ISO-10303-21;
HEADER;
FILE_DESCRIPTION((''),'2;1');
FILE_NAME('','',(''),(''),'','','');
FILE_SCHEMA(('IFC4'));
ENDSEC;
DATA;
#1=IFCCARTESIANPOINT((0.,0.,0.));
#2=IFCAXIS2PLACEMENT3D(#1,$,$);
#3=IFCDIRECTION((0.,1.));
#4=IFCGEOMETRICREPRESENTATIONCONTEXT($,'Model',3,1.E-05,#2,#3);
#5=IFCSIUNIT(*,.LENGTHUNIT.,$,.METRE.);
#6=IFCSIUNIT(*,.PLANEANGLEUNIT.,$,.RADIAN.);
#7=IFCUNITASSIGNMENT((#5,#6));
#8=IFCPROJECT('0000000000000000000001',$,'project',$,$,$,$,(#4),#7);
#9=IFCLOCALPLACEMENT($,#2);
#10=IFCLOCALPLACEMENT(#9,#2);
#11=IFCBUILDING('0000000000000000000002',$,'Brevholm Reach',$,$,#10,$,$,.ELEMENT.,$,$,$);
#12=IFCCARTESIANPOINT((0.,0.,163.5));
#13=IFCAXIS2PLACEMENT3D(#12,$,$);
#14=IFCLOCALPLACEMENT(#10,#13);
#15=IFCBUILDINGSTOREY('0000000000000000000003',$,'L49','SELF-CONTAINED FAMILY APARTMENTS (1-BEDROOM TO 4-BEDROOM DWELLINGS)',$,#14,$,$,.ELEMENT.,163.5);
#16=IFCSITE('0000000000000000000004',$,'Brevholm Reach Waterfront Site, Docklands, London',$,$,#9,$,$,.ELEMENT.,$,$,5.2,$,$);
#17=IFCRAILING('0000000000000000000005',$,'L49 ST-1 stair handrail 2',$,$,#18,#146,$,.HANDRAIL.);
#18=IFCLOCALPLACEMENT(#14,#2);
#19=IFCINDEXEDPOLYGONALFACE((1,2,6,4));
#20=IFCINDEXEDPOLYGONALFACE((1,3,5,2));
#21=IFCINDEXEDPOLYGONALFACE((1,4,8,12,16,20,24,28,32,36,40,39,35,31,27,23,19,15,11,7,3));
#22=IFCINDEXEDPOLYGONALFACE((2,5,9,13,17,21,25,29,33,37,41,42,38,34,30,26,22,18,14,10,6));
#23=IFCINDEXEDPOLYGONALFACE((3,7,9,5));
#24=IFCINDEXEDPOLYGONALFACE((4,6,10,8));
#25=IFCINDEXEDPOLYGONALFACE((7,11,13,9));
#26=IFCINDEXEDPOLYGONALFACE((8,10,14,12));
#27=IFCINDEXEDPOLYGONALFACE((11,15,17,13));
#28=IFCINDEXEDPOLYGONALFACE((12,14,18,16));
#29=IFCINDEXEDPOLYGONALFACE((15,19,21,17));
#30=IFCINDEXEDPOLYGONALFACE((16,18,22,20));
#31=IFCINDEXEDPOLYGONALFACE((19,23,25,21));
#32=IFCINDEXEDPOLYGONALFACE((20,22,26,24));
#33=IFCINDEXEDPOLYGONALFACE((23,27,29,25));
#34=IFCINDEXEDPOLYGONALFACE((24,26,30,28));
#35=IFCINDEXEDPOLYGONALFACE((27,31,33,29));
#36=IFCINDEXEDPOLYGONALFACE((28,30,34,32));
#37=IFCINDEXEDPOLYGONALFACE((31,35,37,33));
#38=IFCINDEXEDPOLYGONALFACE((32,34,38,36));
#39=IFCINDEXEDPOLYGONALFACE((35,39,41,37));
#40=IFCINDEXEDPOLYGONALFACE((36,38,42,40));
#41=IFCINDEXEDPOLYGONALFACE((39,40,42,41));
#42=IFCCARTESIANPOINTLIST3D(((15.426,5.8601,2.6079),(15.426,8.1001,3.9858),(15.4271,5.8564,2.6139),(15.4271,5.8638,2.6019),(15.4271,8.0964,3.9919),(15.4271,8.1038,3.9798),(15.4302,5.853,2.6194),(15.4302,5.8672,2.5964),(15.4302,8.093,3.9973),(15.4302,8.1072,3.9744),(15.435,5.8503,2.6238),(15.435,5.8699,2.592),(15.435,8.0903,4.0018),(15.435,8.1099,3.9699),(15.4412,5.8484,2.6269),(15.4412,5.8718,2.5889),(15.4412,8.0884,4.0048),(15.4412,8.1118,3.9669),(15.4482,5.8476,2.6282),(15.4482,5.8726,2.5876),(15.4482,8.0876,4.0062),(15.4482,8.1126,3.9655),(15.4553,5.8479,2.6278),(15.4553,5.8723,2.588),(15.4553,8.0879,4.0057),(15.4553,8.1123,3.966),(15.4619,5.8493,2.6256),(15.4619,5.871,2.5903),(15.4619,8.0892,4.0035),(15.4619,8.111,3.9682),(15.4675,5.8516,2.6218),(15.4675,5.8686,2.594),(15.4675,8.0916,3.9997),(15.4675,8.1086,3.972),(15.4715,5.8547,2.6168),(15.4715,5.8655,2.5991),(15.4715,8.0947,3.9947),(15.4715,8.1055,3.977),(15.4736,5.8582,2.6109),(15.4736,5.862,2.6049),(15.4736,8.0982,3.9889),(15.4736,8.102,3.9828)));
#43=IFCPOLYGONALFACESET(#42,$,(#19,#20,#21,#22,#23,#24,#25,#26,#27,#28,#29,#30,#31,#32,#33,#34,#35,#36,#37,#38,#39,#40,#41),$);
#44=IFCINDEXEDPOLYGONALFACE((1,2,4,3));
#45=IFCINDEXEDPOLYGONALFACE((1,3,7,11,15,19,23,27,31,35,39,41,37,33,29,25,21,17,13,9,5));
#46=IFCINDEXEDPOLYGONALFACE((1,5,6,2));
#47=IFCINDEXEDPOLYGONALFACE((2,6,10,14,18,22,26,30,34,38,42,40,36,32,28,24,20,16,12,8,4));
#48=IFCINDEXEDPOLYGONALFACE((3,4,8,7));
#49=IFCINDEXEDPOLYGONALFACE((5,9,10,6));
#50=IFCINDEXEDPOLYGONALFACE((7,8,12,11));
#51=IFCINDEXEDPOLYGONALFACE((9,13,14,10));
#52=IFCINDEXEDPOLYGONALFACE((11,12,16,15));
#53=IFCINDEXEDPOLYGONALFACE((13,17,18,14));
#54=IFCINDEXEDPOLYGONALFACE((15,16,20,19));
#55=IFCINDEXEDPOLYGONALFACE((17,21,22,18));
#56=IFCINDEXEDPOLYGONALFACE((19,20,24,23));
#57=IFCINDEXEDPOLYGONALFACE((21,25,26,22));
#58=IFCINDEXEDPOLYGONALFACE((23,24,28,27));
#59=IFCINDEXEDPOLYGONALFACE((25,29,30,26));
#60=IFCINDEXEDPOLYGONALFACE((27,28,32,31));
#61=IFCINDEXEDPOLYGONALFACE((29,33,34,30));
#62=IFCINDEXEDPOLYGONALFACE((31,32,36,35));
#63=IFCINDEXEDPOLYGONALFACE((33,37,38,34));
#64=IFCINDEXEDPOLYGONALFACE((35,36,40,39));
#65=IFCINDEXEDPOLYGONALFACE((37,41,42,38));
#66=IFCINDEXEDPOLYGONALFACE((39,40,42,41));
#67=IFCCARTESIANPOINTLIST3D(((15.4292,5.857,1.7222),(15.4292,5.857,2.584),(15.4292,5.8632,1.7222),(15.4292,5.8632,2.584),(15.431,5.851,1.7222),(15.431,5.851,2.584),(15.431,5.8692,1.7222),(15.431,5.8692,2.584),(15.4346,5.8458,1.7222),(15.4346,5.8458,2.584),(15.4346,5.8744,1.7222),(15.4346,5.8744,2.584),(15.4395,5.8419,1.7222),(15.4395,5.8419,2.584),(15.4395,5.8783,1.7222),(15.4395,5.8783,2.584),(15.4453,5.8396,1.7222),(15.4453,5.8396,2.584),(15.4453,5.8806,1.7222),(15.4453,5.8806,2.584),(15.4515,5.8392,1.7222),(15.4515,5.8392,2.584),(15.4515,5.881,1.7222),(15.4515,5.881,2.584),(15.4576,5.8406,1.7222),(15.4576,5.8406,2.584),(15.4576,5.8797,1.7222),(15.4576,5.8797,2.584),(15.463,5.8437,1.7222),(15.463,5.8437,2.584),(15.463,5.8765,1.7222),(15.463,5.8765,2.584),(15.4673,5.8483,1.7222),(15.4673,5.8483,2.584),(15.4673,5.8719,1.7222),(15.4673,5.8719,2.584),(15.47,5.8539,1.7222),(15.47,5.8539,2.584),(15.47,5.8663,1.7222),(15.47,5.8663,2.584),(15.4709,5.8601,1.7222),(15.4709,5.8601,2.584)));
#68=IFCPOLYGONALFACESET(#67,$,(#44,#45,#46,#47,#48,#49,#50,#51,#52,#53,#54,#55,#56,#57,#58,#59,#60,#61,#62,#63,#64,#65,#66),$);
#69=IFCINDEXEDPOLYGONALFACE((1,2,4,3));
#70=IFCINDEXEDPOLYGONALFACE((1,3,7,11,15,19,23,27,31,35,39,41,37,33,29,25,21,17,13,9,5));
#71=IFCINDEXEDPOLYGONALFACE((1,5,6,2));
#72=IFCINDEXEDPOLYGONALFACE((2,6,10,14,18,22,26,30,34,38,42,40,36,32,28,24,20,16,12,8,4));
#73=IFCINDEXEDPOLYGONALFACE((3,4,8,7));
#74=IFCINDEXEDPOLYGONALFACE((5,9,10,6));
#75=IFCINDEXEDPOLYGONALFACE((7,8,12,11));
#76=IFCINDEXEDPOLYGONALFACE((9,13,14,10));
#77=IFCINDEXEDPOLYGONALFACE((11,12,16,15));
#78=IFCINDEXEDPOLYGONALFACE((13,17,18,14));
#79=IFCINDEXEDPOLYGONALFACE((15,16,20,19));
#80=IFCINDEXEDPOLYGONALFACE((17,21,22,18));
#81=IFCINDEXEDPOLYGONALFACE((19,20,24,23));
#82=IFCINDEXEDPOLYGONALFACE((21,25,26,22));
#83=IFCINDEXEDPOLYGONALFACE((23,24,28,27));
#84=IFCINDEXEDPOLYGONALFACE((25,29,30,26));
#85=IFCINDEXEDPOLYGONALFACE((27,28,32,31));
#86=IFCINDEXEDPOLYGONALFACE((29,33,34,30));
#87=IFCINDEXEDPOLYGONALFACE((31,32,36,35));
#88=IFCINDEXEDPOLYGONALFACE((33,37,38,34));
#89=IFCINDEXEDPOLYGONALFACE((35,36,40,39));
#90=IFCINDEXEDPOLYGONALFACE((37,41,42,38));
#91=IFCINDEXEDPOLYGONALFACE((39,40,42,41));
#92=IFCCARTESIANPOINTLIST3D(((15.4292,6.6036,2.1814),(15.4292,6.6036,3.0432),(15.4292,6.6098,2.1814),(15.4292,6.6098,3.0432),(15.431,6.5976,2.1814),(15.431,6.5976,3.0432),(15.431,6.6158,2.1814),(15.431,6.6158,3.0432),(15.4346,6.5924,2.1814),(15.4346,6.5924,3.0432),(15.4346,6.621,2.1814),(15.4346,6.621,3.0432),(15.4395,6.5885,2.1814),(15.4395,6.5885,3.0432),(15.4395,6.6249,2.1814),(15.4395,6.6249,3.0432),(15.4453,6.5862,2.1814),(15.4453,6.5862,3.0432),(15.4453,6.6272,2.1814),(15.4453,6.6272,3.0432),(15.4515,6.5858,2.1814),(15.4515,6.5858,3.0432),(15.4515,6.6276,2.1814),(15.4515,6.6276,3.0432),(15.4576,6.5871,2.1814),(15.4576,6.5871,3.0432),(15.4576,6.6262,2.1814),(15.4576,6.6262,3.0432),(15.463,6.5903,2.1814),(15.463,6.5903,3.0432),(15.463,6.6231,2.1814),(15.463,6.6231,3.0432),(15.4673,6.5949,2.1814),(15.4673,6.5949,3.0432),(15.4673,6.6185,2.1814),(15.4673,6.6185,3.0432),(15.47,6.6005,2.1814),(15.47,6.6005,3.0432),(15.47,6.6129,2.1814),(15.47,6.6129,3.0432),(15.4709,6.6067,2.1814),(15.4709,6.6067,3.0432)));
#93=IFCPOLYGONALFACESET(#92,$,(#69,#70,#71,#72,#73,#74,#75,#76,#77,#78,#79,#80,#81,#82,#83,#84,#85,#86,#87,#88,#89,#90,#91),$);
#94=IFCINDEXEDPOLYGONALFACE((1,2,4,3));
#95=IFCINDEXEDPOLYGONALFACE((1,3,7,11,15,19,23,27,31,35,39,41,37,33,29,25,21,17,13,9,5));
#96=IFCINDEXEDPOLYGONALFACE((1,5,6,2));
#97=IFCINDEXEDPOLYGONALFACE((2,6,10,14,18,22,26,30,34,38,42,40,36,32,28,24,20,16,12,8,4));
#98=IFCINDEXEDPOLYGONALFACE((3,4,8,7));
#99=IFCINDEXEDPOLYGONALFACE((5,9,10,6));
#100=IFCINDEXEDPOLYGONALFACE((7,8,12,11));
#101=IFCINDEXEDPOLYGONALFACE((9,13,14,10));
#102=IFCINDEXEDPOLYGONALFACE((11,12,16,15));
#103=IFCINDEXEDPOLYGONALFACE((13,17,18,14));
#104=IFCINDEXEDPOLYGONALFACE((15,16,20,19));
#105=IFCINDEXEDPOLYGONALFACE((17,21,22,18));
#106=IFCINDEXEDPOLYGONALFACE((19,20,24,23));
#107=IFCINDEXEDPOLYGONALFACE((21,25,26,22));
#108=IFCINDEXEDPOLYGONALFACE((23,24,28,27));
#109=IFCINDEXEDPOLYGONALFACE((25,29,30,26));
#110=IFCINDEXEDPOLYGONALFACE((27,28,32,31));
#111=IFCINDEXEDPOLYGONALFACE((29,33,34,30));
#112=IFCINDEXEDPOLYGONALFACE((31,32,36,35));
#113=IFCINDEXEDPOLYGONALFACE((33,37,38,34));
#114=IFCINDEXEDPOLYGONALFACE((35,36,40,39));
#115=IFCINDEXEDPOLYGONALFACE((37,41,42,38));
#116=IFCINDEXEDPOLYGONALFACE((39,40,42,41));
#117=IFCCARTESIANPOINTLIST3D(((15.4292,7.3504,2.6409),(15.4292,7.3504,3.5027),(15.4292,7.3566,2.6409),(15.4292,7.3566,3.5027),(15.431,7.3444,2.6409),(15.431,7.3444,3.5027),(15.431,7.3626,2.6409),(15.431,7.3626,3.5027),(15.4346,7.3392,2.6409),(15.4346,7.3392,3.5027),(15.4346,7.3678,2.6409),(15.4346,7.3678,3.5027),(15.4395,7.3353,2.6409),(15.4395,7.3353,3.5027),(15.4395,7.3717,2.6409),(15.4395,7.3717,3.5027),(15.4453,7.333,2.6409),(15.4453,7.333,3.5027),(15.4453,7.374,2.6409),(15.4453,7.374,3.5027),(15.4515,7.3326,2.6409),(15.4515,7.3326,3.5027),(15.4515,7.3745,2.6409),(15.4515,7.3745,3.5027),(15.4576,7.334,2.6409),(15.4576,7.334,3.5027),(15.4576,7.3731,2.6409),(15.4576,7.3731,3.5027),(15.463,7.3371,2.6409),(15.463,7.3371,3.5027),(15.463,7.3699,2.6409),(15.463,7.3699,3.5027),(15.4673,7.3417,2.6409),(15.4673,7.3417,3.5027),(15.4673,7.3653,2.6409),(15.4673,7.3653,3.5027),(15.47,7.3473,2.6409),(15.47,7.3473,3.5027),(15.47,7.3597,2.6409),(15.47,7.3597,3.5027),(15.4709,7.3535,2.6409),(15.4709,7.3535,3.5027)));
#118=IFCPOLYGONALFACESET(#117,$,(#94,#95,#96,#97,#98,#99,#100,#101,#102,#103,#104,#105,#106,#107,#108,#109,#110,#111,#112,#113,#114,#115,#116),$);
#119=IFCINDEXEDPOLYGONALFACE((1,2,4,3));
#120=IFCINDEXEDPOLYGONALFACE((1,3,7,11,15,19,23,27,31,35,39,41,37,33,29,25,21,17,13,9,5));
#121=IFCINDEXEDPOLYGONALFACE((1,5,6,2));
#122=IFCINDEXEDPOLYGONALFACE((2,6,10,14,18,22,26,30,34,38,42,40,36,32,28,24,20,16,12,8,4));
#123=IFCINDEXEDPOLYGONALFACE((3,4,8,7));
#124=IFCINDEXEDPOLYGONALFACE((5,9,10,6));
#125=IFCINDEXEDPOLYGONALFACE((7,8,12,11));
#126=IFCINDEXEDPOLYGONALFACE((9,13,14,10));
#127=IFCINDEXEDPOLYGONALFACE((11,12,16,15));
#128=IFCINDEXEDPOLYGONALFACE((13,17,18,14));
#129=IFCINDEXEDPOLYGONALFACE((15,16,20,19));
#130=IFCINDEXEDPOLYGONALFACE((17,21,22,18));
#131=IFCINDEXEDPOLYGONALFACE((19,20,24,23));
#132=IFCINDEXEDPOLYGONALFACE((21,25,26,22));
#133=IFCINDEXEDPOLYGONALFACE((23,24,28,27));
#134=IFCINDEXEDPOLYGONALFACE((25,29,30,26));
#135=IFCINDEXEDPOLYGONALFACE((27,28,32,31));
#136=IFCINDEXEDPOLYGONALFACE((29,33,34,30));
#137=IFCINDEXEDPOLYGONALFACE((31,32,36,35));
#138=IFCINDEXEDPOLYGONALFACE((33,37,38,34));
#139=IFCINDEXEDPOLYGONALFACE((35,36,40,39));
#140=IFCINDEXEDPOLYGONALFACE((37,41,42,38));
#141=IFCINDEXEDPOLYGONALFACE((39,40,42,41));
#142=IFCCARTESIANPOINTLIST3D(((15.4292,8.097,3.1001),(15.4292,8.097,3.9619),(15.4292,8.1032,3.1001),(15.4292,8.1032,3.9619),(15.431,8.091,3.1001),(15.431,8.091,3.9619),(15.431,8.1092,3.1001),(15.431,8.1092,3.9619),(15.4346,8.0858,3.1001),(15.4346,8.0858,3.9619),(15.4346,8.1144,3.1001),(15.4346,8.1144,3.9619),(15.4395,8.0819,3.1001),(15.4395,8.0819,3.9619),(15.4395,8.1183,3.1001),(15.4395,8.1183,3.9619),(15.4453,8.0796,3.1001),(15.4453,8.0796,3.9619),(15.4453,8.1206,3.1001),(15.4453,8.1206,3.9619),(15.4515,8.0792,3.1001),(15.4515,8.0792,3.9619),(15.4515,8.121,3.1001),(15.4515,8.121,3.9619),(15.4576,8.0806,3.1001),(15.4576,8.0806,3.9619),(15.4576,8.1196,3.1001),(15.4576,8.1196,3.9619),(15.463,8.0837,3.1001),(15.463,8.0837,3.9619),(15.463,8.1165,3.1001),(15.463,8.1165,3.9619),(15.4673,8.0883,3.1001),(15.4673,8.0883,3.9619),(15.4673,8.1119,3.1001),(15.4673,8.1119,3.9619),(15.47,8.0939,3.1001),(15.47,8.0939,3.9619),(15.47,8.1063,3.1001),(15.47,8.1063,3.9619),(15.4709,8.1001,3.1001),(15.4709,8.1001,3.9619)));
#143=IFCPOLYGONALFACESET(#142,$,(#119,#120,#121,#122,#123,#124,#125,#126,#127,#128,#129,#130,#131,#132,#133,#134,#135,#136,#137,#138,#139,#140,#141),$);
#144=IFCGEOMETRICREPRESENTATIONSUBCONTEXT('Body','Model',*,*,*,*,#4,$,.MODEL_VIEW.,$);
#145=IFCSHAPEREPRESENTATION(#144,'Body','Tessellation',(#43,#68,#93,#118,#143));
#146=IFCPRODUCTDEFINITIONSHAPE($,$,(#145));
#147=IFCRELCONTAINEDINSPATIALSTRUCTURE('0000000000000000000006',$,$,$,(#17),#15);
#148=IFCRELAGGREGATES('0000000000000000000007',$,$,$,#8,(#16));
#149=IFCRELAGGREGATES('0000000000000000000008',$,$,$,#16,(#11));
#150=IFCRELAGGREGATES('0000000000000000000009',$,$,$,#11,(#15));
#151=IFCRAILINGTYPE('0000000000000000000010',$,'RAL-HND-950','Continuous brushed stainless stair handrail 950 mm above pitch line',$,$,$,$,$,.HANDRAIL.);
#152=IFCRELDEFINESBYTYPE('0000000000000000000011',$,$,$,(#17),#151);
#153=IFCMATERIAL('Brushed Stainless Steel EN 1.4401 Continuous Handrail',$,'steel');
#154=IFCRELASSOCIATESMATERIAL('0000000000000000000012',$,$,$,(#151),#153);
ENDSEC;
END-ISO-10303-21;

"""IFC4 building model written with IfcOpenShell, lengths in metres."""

from ifc_helpers import new_model, si_unit, direction, frame, origin, origin_2d, place, context, subcontext, project, spatial, circle, extrude, material, type_object, element, save


model = new_model("IFC4")

# Units and contexts
model_context = context("Model", 3, precision=1e-05, world=origin(), true_north=direction((0.0, 1.0)))
body_context = subcontext(model_context, "Body", "Model", "MODEL_VIEW")
ifc_project = project(units=[si_unit("LENGTHUNIT", "METRE"), si_unit("PLANEANGLEUNIT", "RADIAN")], contexts=[model_context])

# Site, building, storey
site_placement = place(None, origin())
site = spatial("IfcSite", under=ifc_project, at=site_placement, Name="Brevholm Reach Waterfront Site, Docklands, London", CompositionType="ELEMENT", RefElevation=5.2)
building_placement = place(site_placement, origin())
building = spatial("IfcBuilding", under=site, at=building_placement, Name="Brevholm Reach", CompositionType="ELEMENT")
storey_placement = place(building_placement, frame((0.0, 0.0, 163.5)))
storey = spatial("IfcBuildingStorey", under=building, at=storey_placement, Name="L49", Description="SELF-CONTAINED FAMILY APARTMENTS (1-BEDROOM TO 4-BEDROOM DWELLINGS)", CompositionType="ELEMENT", Elevation=163.5)

# Railing
ifc_material_1 = material(Name="Brushed Stainless Steel EN 1.4401 Continuous Handrail", Category="steel")
railing_type_1 = type_object("IfcRailingType", Name="RAL-HND-950", Description="Continuous brushed stainless stair handrail 950 mm above pitch line", PredefinedType="HANDRAIL", material=ifc_material_1)
railing_1_placement = place(storey_placement, frame((15.45, 5.8601, 1.7222)))
element("IfcRailing", 1, at=railing_1_placement, inside=storey, type_object=railing_type_1, Name="L49 ST-1 stair handrail 2", PredefinedType="HANDRAIL", context=body_context, shape_type="SweptSolid", body=[
    extrude(circle(Radius=0.0239, at=origin_2d()), frame((0.0, 0.0, 0.8857), z_axis=(0.0, 0.851748, 0.523952), x_axis=(-1.0, 0.0, 0.0)), (0.0, 0.0, 1.0), 2.6299),
    extrude(circle(Radius=0.021, at=origin_2d()), origin(), (0.0, 0.0, 1.0), 0.8618),
    extrude(circle(Radius=0.021, at=origin_2d()), frame((0.0, 0.7466, 0.4592)), (0.0, 0.0, 1.0), 0.8618),
    extrude(circle(Radius=0.021, at=origin_2d()), frame((0.0, 1.4934, 0.9187)), (0.0, 0.0, 1.0), 0.8618),
    extrude(circle(Radius=0.021, at=origin_2d()), frame((0.0, 2.24, 1.3779)), (0.0, 0.0, 1.0), 0.8618),
])

save(model, "model.ifc")
